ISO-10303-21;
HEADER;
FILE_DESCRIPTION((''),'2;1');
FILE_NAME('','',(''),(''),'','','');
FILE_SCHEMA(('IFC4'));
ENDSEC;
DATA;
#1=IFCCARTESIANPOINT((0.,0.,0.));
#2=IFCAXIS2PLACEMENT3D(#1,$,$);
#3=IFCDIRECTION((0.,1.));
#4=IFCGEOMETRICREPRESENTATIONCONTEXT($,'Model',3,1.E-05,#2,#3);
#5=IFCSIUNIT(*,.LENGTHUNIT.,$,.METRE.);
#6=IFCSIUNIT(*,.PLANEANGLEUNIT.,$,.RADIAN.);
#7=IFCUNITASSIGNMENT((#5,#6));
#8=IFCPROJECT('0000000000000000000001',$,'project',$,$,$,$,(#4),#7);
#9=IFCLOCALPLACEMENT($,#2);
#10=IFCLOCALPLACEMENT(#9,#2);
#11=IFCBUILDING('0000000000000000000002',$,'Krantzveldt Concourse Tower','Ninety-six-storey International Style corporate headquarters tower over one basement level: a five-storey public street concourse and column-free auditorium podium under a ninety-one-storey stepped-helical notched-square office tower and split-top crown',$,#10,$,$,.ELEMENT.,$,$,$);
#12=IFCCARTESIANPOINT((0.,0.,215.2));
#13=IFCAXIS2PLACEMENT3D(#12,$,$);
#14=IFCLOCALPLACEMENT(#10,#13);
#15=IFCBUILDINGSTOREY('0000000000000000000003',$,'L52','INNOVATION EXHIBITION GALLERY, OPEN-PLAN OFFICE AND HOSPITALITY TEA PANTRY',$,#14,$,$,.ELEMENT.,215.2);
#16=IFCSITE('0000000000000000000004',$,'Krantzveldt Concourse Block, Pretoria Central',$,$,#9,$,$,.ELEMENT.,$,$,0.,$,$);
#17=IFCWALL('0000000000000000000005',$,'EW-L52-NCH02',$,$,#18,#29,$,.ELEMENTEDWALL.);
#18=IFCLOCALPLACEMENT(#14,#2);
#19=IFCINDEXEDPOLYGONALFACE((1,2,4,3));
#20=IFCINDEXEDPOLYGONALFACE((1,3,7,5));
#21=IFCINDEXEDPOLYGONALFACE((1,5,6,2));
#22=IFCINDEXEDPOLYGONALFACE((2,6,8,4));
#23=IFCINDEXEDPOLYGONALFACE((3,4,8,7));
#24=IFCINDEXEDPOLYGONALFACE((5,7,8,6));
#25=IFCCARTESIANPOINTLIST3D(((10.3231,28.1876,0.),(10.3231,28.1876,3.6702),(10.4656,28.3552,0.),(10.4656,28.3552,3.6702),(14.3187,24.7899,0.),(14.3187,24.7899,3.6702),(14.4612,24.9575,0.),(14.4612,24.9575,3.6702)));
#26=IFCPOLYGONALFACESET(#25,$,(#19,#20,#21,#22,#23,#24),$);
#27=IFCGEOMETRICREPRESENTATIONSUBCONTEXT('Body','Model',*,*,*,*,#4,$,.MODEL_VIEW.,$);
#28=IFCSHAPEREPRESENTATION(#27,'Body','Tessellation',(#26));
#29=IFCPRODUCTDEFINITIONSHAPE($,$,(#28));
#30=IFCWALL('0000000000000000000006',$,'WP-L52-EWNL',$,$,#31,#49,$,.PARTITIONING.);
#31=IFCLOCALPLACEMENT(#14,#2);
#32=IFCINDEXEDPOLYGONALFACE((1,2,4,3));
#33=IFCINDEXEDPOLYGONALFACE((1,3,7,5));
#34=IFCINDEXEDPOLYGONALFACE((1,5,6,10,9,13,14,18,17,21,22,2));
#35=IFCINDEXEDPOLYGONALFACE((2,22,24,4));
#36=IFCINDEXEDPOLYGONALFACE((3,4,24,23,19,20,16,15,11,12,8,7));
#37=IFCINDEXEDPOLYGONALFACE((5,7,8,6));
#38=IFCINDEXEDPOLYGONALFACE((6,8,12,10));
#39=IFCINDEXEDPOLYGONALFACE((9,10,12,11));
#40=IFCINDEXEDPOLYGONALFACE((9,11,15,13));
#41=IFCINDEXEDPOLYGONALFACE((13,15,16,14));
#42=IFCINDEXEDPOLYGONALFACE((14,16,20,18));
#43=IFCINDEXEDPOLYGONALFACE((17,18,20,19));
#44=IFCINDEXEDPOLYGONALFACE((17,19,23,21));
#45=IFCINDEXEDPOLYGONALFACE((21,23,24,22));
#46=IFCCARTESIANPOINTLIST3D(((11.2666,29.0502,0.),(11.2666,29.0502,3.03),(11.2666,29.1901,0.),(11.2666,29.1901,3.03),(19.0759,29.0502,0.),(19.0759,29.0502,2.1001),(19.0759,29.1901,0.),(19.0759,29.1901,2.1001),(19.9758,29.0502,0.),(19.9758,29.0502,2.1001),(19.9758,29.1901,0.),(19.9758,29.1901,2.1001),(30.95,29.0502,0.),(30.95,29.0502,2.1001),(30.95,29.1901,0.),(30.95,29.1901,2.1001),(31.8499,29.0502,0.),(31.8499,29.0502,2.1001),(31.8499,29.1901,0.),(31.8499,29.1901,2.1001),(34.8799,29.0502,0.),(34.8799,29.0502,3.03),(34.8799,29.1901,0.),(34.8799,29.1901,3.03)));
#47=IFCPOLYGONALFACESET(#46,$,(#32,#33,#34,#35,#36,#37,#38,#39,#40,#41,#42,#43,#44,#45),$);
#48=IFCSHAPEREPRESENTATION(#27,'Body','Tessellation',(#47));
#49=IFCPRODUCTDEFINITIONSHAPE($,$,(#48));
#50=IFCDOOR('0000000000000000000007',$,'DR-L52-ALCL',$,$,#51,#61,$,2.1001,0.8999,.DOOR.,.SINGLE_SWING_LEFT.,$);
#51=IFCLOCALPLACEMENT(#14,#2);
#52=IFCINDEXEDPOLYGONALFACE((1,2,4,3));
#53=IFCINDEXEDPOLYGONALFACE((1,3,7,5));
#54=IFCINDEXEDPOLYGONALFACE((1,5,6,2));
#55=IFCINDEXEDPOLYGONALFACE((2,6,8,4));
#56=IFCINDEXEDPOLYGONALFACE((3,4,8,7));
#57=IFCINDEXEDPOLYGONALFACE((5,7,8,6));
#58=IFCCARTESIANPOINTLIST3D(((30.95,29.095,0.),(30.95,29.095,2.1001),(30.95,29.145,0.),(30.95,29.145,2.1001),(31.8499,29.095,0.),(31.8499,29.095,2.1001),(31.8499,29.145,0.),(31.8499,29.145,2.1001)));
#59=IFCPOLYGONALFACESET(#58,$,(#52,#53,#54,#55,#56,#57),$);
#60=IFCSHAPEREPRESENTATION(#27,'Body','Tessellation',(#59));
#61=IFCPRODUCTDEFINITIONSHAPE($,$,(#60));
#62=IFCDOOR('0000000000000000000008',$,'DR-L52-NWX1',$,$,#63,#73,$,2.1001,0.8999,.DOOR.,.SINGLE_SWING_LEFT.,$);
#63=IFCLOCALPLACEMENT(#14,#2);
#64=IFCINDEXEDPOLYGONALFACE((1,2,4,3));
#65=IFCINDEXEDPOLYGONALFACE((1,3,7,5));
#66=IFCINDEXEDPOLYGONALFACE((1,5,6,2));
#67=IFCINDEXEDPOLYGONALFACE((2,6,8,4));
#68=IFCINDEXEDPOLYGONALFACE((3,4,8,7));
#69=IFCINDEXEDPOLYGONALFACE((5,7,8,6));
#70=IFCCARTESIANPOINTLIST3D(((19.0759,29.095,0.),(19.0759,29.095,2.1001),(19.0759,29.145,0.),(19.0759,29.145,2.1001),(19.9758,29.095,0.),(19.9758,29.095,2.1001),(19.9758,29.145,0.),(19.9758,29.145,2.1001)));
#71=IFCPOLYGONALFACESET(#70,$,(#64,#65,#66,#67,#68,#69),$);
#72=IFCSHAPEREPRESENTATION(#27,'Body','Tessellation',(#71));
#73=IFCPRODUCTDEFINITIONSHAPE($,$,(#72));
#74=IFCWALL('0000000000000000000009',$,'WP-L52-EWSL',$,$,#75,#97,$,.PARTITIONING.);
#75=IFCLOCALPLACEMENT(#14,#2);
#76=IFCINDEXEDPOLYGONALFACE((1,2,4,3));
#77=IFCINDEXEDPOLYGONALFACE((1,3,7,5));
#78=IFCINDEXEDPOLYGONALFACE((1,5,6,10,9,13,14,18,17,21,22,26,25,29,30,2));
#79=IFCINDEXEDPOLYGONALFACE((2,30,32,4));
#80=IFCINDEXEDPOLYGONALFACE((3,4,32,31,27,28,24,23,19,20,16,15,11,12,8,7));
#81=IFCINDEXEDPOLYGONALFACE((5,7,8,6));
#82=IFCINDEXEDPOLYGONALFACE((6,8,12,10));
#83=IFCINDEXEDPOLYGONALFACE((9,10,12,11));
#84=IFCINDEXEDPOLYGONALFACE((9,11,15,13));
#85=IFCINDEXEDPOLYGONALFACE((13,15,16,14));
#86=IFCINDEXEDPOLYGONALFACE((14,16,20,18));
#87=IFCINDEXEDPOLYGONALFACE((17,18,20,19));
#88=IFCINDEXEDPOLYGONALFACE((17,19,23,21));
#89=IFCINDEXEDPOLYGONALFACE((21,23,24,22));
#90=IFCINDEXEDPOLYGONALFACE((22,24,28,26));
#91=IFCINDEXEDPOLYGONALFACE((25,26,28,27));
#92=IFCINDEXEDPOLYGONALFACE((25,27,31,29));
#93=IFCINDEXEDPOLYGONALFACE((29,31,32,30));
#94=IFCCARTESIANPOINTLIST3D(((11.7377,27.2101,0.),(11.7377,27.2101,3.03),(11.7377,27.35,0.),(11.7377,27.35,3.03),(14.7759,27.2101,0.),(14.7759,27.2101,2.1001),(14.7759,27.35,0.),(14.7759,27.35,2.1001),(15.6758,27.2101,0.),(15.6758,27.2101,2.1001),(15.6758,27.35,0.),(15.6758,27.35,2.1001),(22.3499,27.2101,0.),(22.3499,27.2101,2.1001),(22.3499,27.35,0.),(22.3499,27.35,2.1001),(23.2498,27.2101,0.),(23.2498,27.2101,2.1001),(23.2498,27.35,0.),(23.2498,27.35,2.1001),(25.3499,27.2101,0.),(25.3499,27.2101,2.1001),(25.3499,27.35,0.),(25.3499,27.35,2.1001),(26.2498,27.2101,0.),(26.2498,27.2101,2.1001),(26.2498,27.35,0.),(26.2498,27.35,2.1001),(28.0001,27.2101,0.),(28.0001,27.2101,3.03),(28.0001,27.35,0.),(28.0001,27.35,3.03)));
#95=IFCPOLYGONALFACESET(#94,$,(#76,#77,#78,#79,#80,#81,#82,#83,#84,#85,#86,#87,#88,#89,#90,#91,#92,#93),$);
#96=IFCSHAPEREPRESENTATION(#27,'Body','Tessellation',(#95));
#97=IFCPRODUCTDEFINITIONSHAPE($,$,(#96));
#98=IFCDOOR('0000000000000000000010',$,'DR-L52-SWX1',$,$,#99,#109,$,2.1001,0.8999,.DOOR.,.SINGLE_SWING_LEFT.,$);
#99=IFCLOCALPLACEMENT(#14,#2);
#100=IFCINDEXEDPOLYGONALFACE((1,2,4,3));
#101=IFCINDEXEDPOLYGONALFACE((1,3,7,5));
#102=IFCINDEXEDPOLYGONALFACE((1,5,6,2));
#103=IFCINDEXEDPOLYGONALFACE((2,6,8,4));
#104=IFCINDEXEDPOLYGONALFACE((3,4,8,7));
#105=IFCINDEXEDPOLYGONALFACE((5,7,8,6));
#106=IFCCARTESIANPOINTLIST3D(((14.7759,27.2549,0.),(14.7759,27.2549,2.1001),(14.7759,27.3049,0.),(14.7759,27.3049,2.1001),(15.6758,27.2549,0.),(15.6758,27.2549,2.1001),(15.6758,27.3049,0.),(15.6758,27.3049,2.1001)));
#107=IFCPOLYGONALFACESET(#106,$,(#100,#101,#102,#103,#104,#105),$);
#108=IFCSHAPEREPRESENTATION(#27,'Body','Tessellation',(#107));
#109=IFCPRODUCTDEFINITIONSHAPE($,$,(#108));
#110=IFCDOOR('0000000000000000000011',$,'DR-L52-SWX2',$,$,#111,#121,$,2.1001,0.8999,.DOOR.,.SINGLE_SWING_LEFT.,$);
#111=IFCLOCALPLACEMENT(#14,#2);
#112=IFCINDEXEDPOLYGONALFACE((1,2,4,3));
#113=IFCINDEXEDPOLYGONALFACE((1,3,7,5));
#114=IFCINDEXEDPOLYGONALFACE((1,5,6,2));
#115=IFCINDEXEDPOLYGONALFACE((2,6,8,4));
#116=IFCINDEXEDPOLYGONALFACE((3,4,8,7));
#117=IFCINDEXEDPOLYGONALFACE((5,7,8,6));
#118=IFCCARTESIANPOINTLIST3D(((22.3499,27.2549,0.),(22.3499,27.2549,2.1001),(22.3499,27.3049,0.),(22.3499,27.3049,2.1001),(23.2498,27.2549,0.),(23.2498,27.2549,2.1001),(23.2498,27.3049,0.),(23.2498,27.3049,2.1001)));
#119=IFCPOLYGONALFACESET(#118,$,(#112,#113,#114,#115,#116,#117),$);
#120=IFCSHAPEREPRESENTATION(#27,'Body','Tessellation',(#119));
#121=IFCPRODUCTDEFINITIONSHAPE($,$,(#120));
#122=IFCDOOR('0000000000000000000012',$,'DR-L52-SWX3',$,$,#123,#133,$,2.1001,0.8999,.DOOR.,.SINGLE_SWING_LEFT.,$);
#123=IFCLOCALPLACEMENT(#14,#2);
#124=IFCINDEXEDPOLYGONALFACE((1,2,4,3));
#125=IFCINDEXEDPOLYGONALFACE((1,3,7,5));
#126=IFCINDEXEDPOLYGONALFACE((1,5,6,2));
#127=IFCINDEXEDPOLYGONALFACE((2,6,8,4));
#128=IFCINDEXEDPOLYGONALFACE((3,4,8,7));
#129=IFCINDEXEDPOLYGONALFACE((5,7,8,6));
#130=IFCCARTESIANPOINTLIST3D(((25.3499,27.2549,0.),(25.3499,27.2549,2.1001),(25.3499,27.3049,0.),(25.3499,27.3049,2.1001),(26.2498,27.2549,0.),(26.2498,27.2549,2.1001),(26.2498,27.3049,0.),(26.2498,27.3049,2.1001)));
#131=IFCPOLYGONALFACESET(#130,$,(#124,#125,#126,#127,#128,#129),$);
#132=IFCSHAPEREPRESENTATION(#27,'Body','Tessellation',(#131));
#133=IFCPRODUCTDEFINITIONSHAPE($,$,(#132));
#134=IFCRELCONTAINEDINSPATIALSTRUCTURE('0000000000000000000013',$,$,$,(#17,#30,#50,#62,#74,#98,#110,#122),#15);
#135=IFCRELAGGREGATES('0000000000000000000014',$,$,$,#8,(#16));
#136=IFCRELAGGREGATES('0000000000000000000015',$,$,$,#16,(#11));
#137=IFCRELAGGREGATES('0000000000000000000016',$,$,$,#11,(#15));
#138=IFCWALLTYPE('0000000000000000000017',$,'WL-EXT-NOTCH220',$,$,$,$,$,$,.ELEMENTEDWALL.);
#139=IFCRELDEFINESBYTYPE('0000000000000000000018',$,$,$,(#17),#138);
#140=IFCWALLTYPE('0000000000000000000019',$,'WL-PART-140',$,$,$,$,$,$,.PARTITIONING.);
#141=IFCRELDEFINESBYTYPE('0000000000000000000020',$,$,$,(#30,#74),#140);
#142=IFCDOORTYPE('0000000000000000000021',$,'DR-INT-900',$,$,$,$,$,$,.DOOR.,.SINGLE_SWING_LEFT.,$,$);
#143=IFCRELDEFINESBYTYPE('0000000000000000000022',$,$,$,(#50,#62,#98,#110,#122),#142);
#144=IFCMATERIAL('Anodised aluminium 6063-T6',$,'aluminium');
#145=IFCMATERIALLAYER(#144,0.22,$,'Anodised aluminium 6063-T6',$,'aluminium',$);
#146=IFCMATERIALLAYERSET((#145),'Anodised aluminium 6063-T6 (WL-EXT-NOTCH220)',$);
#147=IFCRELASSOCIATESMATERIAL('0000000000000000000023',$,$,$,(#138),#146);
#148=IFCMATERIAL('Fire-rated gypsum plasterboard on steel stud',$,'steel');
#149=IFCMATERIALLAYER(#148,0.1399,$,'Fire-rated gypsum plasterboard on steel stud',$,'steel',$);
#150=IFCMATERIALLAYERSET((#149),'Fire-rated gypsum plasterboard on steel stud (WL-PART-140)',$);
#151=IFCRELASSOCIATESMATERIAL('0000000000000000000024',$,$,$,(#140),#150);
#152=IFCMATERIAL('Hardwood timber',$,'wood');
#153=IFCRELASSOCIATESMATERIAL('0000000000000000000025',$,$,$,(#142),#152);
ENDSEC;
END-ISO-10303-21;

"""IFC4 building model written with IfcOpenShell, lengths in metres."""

from ifc_helpers import new_model, si_unit, direction, frame, frame_2d, origin, place, context, subcontext, project, spatial, rectangle, extrude, material, layer, layer_set, type_object, element, fill, save


model = new_model("IFC4")

# Units and contexts
model_context = context("Model", 3, precision=1e-05, world=origin(), true_north=direction((0.0, 1.0)))
body_context = subcontext(model_context, "Body", "Model", "MODEL_VIEW")
ifc_project = project(units=[si_unit("LENGTHUNIT", "METRE"), si_unit("PLANEANGLEUNIT", "RADIAN")], contexts=[model_context])

# Site, building, storey
site_placement = place(None, origin())
site = spatial("IfcSite", under=ifc_project, at=site_placement, Name="Krantzveldt Concourse Block, Pretoria Central", CompositionType="ELEMENT", RefElevation=0.0)
building_placement = place(site_placement, origin())
building = spatial("IfcBuilding", under=site, at=building_placement, Name="Krantzveldt Concourse Tower", Description="Ninety-six-storey International Style corporate headquarters tower over one basement level: a five-storey public street concourse and column-free auditorium podium under a ninety-one-storey stepped-helical notched-square office tower and split-top crown", CompositionType="ELEMENT")
storey_placement = place(building_placement, frame((0.0, 0.0, 215.2)))
storey = spatial("IfcBuildingStorey", under=building, at=storey_placement, Name="L52", Description="INNOVATION EXHIBITION GALLERY, OPEN-PLAN OFFICE AND HOSPITALITY TEA PANTRY", CompositionType="ELEMENT", Elevation=215.2)

# Shared definitions
ifc_material_1 = material(Name="Anodised aluminium 6063-T6", Category="aluminium")

# Wall
ifc_layer_1 = layer(ifc_material_1, 0.22, Name="Anodised aluminium 6063-T6", Category="aluminium")
ifc_layer_set_1 = layer_set([ifc_layer_1], Name="Anodised aluminium 6063-T6 (WL-EXT-NOTCH220)")
wall_type_1 = type_object("IfcWallType", Name="WL-EXT-NOTCH220", PredefinedType="ELEMENTEDWALL", material=ifc_layer_set_1)
wall_1_placement = place(storey_placement, frame((10.3943, 28.2715, 0.0), z_axis=(0.0, 0.0, 1.0), x_axis=(0.761804, -0.647808, 0.0)))
element("IfcWall", 1, at=wall_1_placement, inside=storey, type_object=wall_type_1, Name="EW-L52-NCH02", PredefinedType="ELEMENTEDWALL", context=body_context, shape_type="SweptSolid", body=[
    extrude(rectangle(XDim=5.2449, YDim=0.22, at=frame_2d((2.6226, 0.0))), origin(), (0.0, 0.0, 1.0), 3.6702),
])

# Walls, openings, doors
ifc_material_2 = material(Name="Fire-rated gypsum plasterboard on steel stud", Category="steel")
ifc_layer_2 = layer(ifc_material_2, 0.1399, Name="Fire-rated gypsum plasterboard on steel stud", Category="steel")
ifc_layer_set_2 = layer_set([ifc_layer_2], Name="Fire-rated gypsum plasterboard on steel stud (WL-PART-140)")
wall_type_2 = type_object("IfcWallType", Name="WL-PART-140", PredefinedType="PARTITIONING", material=ifc_layer_set_2)
wall_2_placement = place(storey_placement, frame((11.2666, 29.1201, 0.0), z_axis=(0.0, 0.0, 1.0), x_axis=(1.0, 0.0, 0.0)))
wall_2 = element("IfcWall", 2, at=wall_2_placement, inside=storey, type_object=wall_type_2, Name="WP-L52-EWNL", PredefinedType="PARTITIONING", context=body_context, shape_type="SweptSolid", body=[
    extrude(rectangle(XDim=23.6133, YDim=0.1399, at=frame_2d((11.8066, 0.0))), origin(), (0.0, 0.0, 1.0), 3.03),
])
opening_1_placement = place(wall_2_placement, frame((19.6833, 0.0, 0.0)))
opening_1 = element("IfcOpeningElement", 3, at=opening_1_placement, cuts=wall_2, PredefinedType="OPENING", context=body_context, shape_type="SweptSolid", body=[
    extrude(rectangle(XDim=0.8999, YDim=2.1001, at=frame_2d((0.45, 1.05))), frame((0.0, 0.0801, 0.0), z_axis=(0.0, -1.0, 0.0), x_axis=(1.0, 0.0, 0.0)), (0.0, 0.0, 1.0), 0.1599),
])
opening_2_placement = place(wall_2_placement, frame((7.8093, 0.0, 0.0)))
opening_2 = element("IfcOpeningElement", 4, at=opening_2_placement, cuts=wall_2, PredefinedType="OPENING", context=body_context, shape_type="SweptSolid", body=[
    extrude(rectangle(XDim=0.8999, YDim=2.1001, at=frame_2d((0.45, 1.05))), frame((0.0, 0.0801, 0.0), z_axis=(0.0, -1.0, 0.0), x_axis=(1.0, 0.0, 0.0)), (0.0, 0.0, 1.0), 0.1599),
])
ifc_material_3 = material(Name="Hardwood timber", Category="wood")
door_type = type_object("IfcDoorType", Name="DR-INT-900", OperationType="SINGLE_SWING_LEFT", PredefinedType="DOOR", material=ifc_material_3)
door_1_placement = place(opening_1_placement, origin())
door_1 = element("IfcDoor", 5, at=door_1_placement, inside=storey, type_object=door_type, Name="DR-L52-ALCL", OperationType="SINGLE_SWING_LEFT", OverallHeight=2.1001, OverallWidth=0.8999, PredefinedType="DOOR", context=body_context, shape_type="SweptSolid", body=[
    extrude(rectangle(XDim=0.8999, YDim=2.1001, at=frame_2d((0.45, 1.05))), frame((0.0, 0.0249, 0.0), z_axis=(0.0, -1.0, 0.0), x_axis=(1.0, 0.0, 0.0)), (0.0, 0.0, 1.0), 0.05),
])
fill(opening_1, door_1)
door_2_placement = place(opening_2_placement, origin())
door_2 = element("IfcDoor", 6, at=door_2_placement, inside=storey, type_object=door_type, Name="DR-L52-NWX1", OperationType="SINGLE_SWING_LEFT", OverallHeight=2.1001, OverallWidth=0.8999, PredefinedType="DOOR", context=body_context, shape_type="SweptSolid", body=[
    extrude(rectangle(XDim=0.8999, YDim=2.1001, at=frame_2d((0.45, 1.05))), frame((0.0, 0.0249, 0.0), z_axis=(0.0, -1.0, 0.0), x_axis=(1.0, 0.0, 0.0)), (0.0, 0.0, 1.0), 0.05),
])
fill(opening_2, door_2)
wall_3_placement = place(storey_placement, frame((11.7375, 27.28, 0.0), z_axis=(0.0, 0.0, 1.0), x_axis=(1.0, 0.0, 0.0)))
wall_3 = element("IfcWall", 7, at=wall_3_placement, inside=storey, type_object=wall_type_2, Name="WP-L52-EWSL", PredefinedType="PARTITIONING", context=body_context, shape_type="SweptSolid", body=[
    extrude(rectangle(XDim=16.2625, YDim=0.1399, at=frame_2d((8.1313, 0.0))), origin(), (0.0, 0.0, 1.0), 3.03),
])
opening_3_placement = place(wall_3_placement, frame((3.0383, 0.0, 0.0)))
opening_3 = element("IfcOpeningElement", 8, at=opening_3_placement, cuts=wall_3, PredefinedType="OPENING", context=body_context, shape_type="SweptSolid", body=[
    extrude(rectangle(XDim=0.8999, YDim=2.1001, at=frame_2d((0.45, 1.05))), frame((0.0, 0.0801, 0.0), z_axis=(0.0, -1.0, 0.0), x_axis=(1.0, 0.0, 0.0)), (0.0, 0.0, 1.0), 0.1599),
])
opening_4_placement = place(wall_3_placement, frame((10.6123, 0.0, 0.0)))
opening_4 = element("IfcOpeningElement", 9, at=opening_4_placement, cuts=wall_3, PredefinedType="OPENING", context=body_context, shape_type="SweptSolid", body=[
    extrude(rectangle(XDim=0.8999, YDim=2.1001, at=frame_2d((0.45, 1.05))), frame((0.0, 0.0801, 0.0), z_axis=(0.0, -1.0, 0.0), x_axis=(1.0, 0.0, 0.0)), (0.0, 0.0, 1.0), 0.1599),
])
opening_5_placement = place(wall_3_placement, frame((13.6123, 0.0, 0.0)))
opening_5 = element("IfcOpeningElement", 10, at=opening_5_placement, cuts=wall_3, PredefinedType="OPENING", context=body_context, shape_type="SweptSolid", body=[
    extrude(rectangle(XDim=0.8999, YDim=2.1001, at=frame_2d((0.45, 1.05))), frame((0.0, 0.0801, 0.0), z_axis=(0.0, -1.0, 0.0), x_axis=(1.0, 0.0, 0.0)), (0.0, 0.0, 1.0), 0.1599),
])
door_3_placement = place(opening_3_placement, origin())
door_3 = element("IfcDoor", 11, at=door_3_placement, inside=storey, type_object=door_type, Name="DR-L52-SWX1", OperationType="SINGLE_SWING_LEFT", OverallHeight=2.1001, OverallWidth=0.8999, PredefinedType="DOOR", context=body_context, shape_type="SweptSolid", body=[
    extrude(rectangle(XDim=0.8999, YDim=2.1001, at=frame_2d((0.45, 1.05))), frame((0.0, 0.0249, 0.0), z_axis=(0.0, -1.0, 0.0), x_axis=(1.0, 0.0, 0.0)), (0.0, 0.0, 1.0), 0.05),
])
fill(opening_3, door_3)
door_4_placement = place(opening_4_placement, origin())
door_4 = element("IfcDoor", 12, at=door_4_placement, inside=storey, type_object=door_type, Name="DR-L52-SWX2", OperationType="SINGLE_SWING_LEFT", OverallHeight=2.1001, OverallWidth=0.8999, PredefinedType="DOOR", context=body_context, shape_type="SweptSolid", body=[
    extrude(rectangle(XDim=0.8999, YDim=2.1001, at=frame_2d((0.45, 1.05))), frame((0.0, 0.0249, 0.0), z_axis=(0.0, -1.0, 0.0), x_axis=(1.0, 0.0, 0.0)), (0.0, 0.0, 1.0), 0.05),
])
fill(opening_4, door_4)
door_5_placement = place(opening_5_placement, origin())
door_5 = element("IfcDoor", 13, at=door_5_placement, inside=storey, type_object=door_type, Name="DR-L52-SWX3", OperationType="SINGLE_SWING_LEFT", OverallHeight=2.1001, OverallWidth=0.8999, PredefinedType="DOOR", context=body_context, shape_type="SweptSolid", body=[
    extrude(rectangle(XDim=0.8999, YDim=2.1001, at=frame_2d((0.45, 1.05))), frame((0.0, 0.0249, 0.0), z_axis=(0.0, -1.0, 0.0), x_axis=(1.0, 0.0, 0.0)), (0.0, 0.0, 1.0), 0.05),
])
fill(opening_5, door_5)

save(model, "model.ifc")
